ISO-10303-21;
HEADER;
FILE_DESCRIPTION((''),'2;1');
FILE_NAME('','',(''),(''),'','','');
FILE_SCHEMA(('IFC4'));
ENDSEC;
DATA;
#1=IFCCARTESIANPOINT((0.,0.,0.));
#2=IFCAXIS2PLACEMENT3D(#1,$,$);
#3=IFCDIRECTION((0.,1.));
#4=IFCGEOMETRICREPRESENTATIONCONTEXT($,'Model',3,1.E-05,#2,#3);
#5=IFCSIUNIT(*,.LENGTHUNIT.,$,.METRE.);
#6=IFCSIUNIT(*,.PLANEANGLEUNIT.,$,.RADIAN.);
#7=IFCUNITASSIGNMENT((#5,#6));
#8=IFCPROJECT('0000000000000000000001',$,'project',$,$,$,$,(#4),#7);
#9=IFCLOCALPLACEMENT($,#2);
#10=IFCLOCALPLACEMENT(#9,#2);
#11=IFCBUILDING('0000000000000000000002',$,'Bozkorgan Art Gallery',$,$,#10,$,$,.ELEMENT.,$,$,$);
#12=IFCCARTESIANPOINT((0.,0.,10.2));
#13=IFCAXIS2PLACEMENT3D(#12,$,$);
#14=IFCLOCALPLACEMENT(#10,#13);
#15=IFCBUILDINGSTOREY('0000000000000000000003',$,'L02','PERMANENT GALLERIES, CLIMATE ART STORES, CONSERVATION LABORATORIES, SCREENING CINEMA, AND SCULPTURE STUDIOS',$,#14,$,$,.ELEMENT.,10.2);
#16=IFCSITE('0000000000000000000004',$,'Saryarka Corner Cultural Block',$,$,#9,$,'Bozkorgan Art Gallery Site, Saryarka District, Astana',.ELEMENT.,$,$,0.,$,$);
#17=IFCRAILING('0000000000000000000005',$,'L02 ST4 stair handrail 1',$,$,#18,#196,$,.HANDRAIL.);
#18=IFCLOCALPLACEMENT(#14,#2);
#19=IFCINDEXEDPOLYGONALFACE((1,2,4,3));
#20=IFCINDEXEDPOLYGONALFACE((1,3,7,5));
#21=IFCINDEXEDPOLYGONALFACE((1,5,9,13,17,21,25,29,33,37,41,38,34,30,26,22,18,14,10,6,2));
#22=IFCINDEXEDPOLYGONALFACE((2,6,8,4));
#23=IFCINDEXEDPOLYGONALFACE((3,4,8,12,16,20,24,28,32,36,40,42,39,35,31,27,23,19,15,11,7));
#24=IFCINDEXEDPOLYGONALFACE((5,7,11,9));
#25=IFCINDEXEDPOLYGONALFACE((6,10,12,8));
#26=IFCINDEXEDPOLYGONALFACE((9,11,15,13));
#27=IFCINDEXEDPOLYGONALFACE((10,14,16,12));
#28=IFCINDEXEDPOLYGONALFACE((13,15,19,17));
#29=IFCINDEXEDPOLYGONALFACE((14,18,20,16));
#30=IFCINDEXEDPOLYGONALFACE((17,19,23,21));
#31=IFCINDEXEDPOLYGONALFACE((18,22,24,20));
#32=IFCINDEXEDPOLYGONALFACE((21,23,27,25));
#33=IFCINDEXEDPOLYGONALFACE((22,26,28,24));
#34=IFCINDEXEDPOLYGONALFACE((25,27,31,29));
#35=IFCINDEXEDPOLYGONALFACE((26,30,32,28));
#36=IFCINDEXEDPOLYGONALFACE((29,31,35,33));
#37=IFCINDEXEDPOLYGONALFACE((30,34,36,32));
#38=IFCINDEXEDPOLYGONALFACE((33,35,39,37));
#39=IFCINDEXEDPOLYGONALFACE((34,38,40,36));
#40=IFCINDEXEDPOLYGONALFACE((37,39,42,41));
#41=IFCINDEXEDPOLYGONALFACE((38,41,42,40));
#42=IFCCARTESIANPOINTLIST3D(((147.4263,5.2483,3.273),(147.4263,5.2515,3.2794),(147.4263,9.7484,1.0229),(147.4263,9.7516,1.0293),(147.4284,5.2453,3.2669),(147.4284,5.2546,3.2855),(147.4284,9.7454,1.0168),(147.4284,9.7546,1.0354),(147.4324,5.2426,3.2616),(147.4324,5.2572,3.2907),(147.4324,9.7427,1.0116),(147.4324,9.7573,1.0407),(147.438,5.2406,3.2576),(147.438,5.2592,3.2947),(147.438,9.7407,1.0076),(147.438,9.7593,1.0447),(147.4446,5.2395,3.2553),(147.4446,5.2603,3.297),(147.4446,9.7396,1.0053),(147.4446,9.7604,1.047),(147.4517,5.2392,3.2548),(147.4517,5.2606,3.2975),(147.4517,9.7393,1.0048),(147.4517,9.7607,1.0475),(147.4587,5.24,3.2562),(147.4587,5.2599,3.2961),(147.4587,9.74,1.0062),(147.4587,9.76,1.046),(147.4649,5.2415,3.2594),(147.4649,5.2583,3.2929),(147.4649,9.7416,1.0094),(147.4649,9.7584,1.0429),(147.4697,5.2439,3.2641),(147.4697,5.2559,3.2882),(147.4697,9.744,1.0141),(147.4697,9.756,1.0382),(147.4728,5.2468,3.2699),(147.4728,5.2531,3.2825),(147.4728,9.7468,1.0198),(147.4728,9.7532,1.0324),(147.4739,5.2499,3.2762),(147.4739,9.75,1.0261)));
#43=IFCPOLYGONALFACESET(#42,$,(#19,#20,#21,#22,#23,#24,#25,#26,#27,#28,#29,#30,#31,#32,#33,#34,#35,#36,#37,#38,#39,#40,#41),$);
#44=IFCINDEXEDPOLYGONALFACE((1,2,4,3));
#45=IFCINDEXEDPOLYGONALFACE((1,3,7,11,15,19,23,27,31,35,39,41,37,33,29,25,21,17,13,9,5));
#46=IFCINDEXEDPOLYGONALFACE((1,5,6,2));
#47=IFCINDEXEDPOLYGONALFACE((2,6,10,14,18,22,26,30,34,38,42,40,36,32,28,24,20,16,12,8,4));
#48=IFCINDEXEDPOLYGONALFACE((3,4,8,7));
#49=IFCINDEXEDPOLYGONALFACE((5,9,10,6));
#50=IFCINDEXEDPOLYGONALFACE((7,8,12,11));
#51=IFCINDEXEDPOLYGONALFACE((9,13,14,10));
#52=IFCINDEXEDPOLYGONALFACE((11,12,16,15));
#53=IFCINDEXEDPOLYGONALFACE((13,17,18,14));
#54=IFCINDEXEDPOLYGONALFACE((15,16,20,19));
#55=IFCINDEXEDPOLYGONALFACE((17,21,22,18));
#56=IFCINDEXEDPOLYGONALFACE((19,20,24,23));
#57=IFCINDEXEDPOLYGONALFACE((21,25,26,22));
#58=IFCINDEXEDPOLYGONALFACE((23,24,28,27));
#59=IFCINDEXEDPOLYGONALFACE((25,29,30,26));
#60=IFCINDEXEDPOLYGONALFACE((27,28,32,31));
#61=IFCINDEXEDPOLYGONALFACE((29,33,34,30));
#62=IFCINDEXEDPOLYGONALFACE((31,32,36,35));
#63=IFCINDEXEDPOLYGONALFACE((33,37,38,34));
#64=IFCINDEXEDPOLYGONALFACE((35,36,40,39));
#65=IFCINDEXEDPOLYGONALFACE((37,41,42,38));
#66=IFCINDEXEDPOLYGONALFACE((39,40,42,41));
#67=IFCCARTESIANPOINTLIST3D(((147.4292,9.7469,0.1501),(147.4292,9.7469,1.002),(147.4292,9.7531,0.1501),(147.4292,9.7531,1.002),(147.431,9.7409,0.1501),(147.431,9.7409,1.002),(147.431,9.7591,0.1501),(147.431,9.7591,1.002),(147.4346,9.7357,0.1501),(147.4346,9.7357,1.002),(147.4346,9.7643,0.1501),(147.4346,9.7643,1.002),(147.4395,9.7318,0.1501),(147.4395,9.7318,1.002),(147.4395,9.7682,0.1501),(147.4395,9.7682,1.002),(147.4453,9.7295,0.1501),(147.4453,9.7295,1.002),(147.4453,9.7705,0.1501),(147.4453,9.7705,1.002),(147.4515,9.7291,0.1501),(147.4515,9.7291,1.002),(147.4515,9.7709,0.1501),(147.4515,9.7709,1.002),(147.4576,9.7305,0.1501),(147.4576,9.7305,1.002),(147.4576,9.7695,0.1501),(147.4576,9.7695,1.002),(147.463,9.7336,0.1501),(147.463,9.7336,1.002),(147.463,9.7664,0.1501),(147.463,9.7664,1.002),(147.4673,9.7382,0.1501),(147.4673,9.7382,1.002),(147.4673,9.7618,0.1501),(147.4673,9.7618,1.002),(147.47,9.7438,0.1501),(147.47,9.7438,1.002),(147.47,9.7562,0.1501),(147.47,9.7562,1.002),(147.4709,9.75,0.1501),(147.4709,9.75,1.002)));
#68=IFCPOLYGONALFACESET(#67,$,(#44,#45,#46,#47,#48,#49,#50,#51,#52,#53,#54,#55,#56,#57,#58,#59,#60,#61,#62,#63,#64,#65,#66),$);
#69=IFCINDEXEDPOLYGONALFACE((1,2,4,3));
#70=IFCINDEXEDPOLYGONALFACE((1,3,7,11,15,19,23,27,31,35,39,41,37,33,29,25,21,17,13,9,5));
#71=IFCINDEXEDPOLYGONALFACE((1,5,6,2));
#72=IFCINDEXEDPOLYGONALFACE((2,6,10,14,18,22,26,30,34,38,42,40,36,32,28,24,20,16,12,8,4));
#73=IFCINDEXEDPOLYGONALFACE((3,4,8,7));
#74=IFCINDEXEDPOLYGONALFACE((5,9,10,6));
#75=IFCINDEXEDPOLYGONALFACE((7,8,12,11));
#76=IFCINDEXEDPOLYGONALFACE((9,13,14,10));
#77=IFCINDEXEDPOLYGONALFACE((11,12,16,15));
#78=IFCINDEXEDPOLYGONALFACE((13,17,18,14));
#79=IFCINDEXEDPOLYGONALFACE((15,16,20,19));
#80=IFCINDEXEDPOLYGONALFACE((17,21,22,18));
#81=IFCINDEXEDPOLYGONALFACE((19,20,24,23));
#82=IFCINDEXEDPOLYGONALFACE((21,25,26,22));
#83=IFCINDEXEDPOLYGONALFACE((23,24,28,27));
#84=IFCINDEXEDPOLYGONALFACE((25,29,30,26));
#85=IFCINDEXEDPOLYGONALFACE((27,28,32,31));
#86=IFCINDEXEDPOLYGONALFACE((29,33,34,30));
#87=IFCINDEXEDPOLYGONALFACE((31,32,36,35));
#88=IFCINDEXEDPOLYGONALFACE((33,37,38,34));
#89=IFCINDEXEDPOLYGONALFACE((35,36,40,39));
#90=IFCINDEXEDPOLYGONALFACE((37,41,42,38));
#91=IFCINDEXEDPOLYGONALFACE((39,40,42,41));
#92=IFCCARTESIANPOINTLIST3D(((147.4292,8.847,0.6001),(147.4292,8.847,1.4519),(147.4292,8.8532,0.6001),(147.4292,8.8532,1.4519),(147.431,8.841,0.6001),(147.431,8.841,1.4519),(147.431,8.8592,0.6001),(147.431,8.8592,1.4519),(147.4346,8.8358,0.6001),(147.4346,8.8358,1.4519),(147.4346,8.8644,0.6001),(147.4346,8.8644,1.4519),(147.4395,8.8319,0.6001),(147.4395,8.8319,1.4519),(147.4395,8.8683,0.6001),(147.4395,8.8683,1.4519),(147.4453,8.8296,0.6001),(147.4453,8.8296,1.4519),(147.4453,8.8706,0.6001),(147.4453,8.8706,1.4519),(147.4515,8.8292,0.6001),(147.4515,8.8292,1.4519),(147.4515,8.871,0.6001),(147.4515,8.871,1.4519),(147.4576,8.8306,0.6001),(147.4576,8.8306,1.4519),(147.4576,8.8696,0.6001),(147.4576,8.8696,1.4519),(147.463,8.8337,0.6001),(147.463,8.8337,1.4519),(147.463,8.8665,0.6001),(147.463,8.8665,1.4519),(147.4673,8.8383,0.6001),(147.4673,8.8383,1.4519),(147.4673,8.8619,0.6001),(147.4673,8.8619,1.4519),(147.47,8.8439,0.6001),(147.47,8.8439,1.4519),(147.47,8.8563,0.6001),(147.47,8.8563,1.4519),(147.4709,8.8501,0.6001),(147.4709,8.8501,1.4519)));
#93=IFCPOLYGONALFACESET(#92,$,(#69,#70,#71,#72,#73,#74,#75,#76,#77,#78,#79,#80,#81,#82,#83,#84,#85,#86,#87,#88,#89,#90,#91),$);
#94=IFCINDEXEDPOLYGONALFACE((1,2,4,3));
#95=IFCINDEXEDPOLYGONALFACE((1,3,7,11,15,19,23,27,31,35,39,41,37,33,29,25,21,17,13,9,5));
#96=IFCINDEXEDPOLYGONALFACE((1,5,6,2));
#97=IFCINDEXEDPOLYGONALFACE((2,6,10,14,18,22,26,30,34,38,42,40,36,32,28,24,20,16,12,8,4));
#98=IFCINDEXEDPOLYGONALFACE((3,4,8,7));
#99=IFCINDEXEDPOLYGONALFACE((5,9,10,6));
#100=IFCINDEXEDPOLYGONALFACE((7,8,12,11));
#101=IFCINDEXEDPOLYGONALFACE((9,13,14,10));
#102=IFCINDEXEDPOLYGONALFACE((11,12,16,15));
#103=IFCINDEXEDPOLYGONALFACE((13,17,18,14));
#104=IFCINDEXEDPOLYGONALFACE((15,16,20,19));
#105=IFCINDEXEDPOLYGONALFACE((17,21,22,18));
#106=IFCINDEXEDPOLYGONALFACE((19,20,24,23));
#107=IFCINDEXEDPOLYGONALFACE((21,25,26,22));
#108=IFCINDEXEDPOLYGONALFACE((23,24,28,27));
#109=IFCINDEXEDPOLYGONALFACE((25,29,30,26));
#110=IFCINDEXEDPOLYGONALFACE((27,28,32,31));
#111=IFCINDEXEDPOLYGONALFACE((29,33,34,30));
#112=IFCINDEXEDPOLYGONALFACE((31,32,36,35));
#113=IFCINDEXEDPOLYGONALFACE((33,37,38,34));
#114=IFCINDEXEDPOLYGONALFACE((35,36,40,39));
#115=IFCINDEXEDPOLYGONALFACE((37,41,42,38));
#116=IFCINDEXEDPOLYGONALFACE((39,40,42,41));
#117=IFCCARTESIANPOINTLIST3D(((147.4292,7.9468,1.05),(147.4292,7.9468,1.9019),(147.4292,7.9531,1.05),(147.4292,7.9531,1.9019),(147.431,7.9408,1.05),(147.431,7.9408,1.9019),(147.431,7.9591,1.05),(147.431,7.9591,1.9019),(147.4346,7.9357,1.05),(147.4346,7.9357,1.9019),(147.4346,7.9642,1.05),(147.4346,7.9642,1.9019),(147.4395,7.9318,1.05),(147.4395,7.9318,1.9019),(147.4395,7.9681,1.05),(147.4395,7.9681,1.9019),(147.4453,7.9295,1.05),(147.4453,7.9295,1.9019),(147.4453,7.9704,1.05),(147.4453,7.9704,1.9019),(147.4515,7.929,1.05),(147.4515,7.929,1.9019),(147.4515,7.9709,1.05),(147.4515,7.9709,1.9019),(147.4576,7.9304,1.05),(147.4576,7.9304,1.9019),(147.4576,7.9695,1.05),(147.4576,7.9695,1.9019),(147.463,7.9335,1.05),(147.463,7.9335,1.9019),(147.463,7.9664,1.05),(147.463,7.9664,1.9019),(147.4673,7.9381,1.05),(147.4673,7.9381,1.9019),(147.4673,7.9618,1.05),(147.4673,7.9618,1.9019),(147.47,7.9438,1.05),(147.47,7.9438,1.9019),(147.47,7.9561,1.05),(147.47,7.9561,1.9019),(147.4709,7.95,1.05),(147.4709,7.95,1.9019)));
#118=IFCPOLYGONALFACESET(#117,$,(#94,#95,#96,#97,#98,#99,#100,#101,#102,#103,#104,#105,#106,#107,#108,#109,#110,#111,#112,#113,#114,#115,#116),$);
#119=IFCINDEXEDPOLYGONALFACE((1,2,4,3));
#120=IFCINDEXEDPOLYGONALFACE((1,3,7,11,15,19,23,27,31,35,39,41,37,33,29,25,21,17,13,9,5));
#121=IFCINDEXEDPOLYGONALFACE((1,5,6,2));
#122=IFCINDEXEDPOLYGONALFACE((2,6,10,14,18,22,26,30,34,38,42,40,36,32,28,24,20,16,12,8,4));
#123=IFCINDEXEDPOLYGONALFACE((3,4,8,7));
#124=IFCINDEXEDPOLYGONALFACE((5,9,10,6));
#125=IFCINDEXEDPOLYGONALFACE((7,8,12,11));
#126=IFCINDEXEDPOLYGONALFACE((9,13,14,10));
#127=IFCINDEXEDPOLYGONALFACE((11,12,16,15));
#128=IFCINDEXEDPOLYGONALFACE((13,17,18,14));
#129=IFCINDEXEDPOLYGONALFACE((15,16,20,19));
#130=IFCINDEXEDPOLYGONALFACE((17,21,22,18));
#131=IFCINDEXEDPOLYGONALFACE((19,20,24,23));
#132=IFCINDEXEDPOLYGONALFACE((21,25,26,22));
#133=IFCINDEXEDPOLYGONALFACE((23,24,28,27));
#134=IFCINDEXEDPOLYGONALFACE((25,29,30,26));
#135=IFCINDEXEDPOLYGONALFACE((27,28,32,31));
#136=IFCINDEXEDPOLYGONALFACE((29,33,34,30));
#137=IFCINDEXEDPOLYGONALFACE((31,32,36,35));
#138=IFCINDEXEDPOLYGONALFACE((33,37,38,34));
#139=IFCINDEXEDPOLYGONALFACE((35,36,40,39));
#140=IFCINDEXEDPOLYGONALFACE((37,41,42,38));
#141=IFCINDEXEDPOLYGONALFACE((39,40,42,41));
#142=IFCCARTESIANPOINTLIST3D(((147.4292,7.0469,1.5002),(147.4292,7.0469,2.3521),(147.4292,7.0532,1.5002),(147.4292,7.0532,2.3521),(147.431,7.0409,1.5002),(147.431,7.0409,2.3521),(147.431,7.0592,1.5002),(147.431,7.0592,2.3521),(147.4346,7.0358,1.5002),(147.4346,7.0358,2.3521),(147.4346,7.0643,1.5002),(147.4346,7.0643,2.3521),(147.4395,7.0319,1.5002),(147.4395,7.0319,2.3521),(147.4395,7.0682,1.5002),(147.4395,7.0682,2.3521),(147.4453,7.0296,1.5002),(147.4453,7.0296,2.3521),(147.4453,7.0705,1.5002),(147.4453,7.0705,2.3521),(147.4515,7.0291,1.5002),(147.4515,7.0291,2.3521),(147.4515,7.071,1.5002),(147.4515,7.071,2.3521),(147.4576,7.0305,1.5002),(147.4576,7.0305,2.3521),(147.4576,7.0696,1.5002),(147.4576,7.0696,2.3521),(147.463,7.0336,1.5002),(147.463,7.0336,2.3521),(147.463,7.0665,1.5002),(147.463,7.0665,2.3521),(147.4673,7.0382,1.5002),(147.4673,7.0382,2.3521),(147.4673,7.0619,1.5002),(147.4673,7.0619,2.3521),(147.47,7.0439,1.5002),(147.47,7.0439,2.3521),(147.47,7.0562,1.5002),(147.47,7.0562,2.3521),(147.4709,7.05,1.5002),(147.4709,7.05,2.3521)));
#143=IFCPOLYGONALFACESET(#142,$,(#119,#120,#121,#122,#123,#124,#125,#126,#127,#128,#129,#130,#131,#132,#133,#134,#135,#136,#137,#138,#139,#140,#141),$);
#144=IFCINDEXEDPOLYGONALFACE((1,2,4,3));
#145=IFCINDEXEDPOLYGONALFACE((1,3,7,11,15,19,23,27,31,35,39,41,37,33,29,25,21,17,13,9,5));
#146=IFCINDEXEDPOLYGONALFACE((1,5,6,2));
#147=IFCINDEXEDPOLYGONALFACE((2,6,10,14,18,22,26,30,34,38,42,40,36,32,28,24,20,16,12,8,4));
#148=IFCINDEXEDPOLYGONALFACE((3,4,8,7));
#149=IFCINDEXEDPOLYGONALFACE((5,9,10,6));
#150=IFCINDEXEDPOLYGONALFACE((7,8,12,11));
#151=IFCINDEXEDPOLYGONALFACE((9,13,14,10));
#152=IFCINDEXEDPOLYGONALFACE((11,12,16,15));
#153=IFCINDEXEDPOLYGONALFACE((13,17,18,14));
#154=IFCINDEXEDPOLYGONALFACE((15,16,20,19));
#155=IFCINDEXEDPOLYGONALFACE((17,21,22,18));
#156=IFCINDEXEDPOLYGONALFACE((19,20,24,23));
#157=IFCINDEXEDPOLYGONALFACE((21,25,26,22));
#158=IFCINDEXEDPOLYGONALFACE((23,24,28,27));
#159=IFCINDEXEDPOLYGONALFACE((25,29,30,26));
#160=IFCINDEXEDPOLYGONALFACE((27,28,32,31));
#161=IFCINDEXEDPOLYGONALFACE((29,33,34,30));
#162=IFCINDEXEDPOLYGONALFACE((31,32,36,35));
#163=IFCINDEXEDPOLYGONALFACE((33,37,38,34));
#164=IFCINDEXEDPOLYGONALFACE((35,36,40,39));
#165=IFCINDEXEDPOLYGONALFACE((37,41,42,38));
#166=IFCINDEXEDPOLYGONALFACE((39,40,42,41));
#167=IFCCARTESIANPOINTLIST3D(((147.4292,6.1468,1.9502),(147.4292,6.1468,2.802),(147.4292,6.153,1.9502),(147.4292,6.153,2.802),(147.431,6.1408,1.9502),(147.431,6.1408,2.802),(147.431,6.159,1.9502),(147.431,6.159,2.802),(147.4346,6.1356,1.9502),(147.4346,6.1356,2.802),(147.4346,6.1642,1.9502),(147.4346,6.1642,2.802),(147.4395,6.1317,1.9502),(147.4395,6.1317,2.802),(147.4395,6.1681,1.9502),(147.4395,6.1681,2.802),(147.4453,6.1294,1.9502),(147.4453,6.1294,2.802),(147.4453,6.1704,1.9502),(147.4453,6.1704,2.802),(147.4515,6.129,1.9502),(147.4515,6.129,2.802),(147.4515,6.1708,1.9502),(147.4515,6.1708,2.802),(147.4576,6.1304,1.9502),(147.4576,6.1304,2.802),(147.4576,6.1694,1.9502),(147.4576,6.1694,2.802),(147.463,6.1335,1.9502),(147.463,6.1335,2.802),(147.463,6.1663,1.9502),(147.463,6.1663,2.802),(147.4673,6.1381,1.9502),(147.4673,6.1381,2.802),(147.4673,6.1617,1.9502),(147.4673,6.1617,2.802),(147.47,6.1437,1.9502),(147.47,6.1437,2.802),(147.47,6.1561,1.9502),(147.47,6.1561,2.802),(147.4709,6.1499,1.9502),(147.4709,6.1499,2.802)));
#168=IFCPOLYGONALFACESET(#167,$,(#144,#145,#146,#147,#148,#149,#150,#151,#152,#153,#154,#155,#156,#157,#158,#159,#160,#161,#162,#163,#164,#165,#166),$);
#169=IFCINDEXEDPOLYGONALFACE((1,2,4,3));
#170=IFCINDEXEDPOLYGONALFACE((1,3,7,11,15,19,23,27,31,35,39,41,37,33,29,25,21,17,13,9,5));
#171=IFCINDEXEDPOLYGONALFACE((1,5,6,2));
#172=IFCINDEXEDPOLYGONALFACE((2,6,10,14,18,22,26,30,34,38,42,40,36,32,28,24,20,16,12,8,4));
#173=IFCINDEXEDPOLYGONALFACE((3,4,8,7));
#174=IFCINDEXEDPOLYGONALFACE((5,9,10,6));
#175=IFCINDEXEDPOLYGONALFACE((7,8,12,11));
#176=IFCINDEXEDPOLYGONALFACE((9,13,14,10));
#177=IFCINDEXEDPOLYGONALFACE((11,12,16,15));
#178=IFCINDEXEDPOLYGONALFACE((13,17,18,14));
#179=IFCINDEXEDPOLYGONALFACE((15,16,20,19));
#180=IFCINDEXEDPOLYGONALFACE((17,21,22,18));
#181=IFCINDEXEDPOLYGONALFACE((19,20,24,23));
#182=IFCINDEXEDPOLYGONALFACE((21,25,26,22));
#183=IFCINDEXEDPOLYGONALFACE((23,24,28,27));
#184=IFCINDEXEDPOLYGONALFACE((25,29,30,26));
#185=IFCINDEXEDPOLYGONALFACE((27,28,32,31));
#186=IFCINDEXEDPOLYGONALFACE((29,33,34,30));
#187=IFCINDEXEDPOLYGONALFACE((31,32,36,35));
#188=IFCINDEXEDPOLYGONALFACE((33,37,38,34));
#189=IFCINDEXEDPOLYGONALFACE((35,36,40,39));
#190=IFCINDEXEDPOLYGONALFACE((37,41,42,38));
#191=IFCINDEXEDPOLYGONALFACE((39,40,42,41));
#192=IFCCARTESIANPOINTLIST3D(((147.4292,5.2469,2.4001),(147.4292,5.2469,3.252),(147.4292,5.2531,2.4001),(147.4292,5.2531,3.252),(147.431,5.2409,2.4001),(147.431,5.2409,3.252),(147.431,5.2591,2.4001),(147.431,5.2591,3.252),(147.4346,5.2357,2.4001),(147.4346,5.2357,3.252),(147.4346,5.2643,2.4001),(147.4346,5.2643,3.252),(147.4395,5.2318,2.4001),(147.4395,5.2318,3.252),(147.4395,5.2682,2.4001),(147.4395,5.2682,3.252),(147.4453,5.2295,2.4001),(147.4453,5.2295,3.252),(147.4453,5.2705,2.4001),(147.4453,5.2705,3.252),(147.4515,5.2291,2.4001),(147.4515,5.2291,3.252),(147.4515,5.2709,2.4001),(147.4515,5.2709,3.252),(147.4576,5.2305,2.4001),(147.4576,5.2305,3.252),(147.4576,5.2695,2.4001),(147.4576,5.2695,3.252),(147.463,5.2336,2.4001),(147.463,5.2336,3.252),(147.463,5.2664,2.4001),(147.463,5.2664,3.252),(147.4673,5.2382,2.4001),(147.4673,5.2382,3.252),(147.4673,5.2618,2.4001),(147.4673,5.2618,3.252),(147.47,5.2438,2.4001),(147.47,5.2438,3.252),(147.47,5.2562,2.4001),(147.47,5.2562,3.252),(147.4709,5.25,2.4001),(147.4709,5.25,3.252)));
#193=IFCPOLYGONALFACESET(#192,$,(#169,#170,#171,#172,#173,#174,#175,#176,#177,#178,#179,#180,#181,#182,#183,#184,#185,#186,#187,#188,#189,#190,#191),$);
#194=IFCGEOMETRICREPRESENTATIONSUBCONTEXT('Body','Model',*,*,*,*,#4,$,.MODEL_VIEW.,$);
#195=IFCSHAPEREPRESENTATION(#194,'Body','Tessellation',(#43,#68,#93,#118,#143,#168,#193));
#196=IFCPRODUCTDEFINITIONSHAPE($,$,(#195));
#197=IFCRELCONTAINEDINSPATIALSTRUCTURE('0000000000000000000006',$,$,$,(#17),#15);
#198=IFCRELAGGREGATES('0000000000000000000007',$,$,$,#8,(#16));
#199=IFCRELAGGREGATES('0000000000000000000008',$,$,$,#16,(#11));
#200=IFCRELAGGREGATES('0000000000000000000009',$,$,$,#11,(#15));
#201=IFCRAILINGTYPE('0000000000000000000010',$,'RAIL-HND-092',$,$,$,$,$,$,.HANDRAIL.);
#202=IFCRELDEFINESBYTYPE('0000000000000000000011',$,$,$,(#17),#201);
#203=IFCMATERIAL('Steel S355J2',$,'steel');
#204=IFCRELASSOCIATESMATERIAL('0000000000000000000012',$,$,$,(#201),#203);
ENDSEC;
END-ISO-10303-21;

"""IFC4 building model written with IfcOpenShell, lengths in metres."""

from ifc_helpers import new_model, si_unit, direction, frame, origin, origin_2d, place, context, subcontext, project, spatial, circle, extrude, material, type_object, element, save


model = new_model("IFC4")

# Units and contexts
model_context = context("Model", 3, precision=1e-05, world=origin(), true_north=direction((0.0, 1.0)))
body_context = subcontext(model_context, "Body", "Model", "MODEL_VIEW")
ifc_project = project(units=[si_unit("LENGTHUNIT", "METRE"), si_unit("PLANEANGLEUNIT", "RADIAN")], contexts=[model_context])

# Site, building, storey
site_placement = place(None, origin())
site = spatial("IfcSite", under=ifc_project, at=site_placement, Name="Saryarka Corner Cultural Block", LongName="Bozkorgan Art Gallery Site, Saryarka District, Astana", CompositionType="ELEMENT", RefElevation=0.0)
building_placement = place(site_placement, origin())
building = spatial("IfcBuilding", under=site, at=building_placement, Name="Bozkorgan Art Gallery", CompositionType="ELEMENT")
storey_placement = place(building_placement, frame((0.0, 0.0, 10.2)))
storey = spatial("IfcBuildingStorey", under=building, at=storey_placement, Name="L02", Description="PERMANENT GALLERIES, CLIMATE ART STORES, CONSERVATION LABORATORIES, SCREENING CINEMA, AND SCULPTURE STUDIOS", CompositionType="ELEMENT", Elevation=10.2)

# Shared definitions
ifc_material_1 = material(Name="Steel S355J2", Category="steel")

# Railing
railing_type_1 = type_object("IfcRailingType", Name="RAIL-HND-092", PredefinedType="HANDRAIL", material=ifc_material_1)
railing_1_placement = place(storey_placement, frame((147.45, 9.75, 0.1501)))
element("IfcRailing", 1, at=railing_1_placement, inside=storey, type_object=railing_type_1, Name="L02 ST4 stair handrail 1", PredefinedType="HANDRAIL", context=body_context, shape_type="SweptSolid", body=[
    extrude(circle(Radius=0.0239, at=origin_2d()), frame((0.0, 0.0, 0.876), z_axis=(0.0, -0.894427, 0.447214), x_axis=(1.0, 0.0, 0.0)), (0.0, 0.0, 1.0), 5.0312),
    extrude(circle(Radius=0.021, at=origin_2d()), origin(), (0.0, 0.0, 1.0), 0.8518),
    extrude(circle(Radius=0.021, at=origin_2d()), frame((0.0, -0.8999, 0.45)), (0.0, 0.0, 1.0), 0.8518),
    extrude(circle(Radius=0.021, at=origin_2d()), frame((0.0, -1.8, 0.8999)), (0.0, 0.0, 1.0), 0.8518),
    extrude(circle(Radius=0.021, at=origin_2d()), frame((0.0, -2.7, 1.3501)), (0.0, 0.0, 1.0), 0.8518),
    extrude(circle(Radius=0.021, at=origin_2d()), frame((0.0, -3.6001, 1.8)), (0.0, 0.0, 1.0), 0.8518),
    extrude(circle(Radius=0.021, at=origin_2d()), frame((0.0, -4.5, 2.25)), (0.0, 0.0, 1.0), 0.8518),
])

save(model, "model.ifc")
